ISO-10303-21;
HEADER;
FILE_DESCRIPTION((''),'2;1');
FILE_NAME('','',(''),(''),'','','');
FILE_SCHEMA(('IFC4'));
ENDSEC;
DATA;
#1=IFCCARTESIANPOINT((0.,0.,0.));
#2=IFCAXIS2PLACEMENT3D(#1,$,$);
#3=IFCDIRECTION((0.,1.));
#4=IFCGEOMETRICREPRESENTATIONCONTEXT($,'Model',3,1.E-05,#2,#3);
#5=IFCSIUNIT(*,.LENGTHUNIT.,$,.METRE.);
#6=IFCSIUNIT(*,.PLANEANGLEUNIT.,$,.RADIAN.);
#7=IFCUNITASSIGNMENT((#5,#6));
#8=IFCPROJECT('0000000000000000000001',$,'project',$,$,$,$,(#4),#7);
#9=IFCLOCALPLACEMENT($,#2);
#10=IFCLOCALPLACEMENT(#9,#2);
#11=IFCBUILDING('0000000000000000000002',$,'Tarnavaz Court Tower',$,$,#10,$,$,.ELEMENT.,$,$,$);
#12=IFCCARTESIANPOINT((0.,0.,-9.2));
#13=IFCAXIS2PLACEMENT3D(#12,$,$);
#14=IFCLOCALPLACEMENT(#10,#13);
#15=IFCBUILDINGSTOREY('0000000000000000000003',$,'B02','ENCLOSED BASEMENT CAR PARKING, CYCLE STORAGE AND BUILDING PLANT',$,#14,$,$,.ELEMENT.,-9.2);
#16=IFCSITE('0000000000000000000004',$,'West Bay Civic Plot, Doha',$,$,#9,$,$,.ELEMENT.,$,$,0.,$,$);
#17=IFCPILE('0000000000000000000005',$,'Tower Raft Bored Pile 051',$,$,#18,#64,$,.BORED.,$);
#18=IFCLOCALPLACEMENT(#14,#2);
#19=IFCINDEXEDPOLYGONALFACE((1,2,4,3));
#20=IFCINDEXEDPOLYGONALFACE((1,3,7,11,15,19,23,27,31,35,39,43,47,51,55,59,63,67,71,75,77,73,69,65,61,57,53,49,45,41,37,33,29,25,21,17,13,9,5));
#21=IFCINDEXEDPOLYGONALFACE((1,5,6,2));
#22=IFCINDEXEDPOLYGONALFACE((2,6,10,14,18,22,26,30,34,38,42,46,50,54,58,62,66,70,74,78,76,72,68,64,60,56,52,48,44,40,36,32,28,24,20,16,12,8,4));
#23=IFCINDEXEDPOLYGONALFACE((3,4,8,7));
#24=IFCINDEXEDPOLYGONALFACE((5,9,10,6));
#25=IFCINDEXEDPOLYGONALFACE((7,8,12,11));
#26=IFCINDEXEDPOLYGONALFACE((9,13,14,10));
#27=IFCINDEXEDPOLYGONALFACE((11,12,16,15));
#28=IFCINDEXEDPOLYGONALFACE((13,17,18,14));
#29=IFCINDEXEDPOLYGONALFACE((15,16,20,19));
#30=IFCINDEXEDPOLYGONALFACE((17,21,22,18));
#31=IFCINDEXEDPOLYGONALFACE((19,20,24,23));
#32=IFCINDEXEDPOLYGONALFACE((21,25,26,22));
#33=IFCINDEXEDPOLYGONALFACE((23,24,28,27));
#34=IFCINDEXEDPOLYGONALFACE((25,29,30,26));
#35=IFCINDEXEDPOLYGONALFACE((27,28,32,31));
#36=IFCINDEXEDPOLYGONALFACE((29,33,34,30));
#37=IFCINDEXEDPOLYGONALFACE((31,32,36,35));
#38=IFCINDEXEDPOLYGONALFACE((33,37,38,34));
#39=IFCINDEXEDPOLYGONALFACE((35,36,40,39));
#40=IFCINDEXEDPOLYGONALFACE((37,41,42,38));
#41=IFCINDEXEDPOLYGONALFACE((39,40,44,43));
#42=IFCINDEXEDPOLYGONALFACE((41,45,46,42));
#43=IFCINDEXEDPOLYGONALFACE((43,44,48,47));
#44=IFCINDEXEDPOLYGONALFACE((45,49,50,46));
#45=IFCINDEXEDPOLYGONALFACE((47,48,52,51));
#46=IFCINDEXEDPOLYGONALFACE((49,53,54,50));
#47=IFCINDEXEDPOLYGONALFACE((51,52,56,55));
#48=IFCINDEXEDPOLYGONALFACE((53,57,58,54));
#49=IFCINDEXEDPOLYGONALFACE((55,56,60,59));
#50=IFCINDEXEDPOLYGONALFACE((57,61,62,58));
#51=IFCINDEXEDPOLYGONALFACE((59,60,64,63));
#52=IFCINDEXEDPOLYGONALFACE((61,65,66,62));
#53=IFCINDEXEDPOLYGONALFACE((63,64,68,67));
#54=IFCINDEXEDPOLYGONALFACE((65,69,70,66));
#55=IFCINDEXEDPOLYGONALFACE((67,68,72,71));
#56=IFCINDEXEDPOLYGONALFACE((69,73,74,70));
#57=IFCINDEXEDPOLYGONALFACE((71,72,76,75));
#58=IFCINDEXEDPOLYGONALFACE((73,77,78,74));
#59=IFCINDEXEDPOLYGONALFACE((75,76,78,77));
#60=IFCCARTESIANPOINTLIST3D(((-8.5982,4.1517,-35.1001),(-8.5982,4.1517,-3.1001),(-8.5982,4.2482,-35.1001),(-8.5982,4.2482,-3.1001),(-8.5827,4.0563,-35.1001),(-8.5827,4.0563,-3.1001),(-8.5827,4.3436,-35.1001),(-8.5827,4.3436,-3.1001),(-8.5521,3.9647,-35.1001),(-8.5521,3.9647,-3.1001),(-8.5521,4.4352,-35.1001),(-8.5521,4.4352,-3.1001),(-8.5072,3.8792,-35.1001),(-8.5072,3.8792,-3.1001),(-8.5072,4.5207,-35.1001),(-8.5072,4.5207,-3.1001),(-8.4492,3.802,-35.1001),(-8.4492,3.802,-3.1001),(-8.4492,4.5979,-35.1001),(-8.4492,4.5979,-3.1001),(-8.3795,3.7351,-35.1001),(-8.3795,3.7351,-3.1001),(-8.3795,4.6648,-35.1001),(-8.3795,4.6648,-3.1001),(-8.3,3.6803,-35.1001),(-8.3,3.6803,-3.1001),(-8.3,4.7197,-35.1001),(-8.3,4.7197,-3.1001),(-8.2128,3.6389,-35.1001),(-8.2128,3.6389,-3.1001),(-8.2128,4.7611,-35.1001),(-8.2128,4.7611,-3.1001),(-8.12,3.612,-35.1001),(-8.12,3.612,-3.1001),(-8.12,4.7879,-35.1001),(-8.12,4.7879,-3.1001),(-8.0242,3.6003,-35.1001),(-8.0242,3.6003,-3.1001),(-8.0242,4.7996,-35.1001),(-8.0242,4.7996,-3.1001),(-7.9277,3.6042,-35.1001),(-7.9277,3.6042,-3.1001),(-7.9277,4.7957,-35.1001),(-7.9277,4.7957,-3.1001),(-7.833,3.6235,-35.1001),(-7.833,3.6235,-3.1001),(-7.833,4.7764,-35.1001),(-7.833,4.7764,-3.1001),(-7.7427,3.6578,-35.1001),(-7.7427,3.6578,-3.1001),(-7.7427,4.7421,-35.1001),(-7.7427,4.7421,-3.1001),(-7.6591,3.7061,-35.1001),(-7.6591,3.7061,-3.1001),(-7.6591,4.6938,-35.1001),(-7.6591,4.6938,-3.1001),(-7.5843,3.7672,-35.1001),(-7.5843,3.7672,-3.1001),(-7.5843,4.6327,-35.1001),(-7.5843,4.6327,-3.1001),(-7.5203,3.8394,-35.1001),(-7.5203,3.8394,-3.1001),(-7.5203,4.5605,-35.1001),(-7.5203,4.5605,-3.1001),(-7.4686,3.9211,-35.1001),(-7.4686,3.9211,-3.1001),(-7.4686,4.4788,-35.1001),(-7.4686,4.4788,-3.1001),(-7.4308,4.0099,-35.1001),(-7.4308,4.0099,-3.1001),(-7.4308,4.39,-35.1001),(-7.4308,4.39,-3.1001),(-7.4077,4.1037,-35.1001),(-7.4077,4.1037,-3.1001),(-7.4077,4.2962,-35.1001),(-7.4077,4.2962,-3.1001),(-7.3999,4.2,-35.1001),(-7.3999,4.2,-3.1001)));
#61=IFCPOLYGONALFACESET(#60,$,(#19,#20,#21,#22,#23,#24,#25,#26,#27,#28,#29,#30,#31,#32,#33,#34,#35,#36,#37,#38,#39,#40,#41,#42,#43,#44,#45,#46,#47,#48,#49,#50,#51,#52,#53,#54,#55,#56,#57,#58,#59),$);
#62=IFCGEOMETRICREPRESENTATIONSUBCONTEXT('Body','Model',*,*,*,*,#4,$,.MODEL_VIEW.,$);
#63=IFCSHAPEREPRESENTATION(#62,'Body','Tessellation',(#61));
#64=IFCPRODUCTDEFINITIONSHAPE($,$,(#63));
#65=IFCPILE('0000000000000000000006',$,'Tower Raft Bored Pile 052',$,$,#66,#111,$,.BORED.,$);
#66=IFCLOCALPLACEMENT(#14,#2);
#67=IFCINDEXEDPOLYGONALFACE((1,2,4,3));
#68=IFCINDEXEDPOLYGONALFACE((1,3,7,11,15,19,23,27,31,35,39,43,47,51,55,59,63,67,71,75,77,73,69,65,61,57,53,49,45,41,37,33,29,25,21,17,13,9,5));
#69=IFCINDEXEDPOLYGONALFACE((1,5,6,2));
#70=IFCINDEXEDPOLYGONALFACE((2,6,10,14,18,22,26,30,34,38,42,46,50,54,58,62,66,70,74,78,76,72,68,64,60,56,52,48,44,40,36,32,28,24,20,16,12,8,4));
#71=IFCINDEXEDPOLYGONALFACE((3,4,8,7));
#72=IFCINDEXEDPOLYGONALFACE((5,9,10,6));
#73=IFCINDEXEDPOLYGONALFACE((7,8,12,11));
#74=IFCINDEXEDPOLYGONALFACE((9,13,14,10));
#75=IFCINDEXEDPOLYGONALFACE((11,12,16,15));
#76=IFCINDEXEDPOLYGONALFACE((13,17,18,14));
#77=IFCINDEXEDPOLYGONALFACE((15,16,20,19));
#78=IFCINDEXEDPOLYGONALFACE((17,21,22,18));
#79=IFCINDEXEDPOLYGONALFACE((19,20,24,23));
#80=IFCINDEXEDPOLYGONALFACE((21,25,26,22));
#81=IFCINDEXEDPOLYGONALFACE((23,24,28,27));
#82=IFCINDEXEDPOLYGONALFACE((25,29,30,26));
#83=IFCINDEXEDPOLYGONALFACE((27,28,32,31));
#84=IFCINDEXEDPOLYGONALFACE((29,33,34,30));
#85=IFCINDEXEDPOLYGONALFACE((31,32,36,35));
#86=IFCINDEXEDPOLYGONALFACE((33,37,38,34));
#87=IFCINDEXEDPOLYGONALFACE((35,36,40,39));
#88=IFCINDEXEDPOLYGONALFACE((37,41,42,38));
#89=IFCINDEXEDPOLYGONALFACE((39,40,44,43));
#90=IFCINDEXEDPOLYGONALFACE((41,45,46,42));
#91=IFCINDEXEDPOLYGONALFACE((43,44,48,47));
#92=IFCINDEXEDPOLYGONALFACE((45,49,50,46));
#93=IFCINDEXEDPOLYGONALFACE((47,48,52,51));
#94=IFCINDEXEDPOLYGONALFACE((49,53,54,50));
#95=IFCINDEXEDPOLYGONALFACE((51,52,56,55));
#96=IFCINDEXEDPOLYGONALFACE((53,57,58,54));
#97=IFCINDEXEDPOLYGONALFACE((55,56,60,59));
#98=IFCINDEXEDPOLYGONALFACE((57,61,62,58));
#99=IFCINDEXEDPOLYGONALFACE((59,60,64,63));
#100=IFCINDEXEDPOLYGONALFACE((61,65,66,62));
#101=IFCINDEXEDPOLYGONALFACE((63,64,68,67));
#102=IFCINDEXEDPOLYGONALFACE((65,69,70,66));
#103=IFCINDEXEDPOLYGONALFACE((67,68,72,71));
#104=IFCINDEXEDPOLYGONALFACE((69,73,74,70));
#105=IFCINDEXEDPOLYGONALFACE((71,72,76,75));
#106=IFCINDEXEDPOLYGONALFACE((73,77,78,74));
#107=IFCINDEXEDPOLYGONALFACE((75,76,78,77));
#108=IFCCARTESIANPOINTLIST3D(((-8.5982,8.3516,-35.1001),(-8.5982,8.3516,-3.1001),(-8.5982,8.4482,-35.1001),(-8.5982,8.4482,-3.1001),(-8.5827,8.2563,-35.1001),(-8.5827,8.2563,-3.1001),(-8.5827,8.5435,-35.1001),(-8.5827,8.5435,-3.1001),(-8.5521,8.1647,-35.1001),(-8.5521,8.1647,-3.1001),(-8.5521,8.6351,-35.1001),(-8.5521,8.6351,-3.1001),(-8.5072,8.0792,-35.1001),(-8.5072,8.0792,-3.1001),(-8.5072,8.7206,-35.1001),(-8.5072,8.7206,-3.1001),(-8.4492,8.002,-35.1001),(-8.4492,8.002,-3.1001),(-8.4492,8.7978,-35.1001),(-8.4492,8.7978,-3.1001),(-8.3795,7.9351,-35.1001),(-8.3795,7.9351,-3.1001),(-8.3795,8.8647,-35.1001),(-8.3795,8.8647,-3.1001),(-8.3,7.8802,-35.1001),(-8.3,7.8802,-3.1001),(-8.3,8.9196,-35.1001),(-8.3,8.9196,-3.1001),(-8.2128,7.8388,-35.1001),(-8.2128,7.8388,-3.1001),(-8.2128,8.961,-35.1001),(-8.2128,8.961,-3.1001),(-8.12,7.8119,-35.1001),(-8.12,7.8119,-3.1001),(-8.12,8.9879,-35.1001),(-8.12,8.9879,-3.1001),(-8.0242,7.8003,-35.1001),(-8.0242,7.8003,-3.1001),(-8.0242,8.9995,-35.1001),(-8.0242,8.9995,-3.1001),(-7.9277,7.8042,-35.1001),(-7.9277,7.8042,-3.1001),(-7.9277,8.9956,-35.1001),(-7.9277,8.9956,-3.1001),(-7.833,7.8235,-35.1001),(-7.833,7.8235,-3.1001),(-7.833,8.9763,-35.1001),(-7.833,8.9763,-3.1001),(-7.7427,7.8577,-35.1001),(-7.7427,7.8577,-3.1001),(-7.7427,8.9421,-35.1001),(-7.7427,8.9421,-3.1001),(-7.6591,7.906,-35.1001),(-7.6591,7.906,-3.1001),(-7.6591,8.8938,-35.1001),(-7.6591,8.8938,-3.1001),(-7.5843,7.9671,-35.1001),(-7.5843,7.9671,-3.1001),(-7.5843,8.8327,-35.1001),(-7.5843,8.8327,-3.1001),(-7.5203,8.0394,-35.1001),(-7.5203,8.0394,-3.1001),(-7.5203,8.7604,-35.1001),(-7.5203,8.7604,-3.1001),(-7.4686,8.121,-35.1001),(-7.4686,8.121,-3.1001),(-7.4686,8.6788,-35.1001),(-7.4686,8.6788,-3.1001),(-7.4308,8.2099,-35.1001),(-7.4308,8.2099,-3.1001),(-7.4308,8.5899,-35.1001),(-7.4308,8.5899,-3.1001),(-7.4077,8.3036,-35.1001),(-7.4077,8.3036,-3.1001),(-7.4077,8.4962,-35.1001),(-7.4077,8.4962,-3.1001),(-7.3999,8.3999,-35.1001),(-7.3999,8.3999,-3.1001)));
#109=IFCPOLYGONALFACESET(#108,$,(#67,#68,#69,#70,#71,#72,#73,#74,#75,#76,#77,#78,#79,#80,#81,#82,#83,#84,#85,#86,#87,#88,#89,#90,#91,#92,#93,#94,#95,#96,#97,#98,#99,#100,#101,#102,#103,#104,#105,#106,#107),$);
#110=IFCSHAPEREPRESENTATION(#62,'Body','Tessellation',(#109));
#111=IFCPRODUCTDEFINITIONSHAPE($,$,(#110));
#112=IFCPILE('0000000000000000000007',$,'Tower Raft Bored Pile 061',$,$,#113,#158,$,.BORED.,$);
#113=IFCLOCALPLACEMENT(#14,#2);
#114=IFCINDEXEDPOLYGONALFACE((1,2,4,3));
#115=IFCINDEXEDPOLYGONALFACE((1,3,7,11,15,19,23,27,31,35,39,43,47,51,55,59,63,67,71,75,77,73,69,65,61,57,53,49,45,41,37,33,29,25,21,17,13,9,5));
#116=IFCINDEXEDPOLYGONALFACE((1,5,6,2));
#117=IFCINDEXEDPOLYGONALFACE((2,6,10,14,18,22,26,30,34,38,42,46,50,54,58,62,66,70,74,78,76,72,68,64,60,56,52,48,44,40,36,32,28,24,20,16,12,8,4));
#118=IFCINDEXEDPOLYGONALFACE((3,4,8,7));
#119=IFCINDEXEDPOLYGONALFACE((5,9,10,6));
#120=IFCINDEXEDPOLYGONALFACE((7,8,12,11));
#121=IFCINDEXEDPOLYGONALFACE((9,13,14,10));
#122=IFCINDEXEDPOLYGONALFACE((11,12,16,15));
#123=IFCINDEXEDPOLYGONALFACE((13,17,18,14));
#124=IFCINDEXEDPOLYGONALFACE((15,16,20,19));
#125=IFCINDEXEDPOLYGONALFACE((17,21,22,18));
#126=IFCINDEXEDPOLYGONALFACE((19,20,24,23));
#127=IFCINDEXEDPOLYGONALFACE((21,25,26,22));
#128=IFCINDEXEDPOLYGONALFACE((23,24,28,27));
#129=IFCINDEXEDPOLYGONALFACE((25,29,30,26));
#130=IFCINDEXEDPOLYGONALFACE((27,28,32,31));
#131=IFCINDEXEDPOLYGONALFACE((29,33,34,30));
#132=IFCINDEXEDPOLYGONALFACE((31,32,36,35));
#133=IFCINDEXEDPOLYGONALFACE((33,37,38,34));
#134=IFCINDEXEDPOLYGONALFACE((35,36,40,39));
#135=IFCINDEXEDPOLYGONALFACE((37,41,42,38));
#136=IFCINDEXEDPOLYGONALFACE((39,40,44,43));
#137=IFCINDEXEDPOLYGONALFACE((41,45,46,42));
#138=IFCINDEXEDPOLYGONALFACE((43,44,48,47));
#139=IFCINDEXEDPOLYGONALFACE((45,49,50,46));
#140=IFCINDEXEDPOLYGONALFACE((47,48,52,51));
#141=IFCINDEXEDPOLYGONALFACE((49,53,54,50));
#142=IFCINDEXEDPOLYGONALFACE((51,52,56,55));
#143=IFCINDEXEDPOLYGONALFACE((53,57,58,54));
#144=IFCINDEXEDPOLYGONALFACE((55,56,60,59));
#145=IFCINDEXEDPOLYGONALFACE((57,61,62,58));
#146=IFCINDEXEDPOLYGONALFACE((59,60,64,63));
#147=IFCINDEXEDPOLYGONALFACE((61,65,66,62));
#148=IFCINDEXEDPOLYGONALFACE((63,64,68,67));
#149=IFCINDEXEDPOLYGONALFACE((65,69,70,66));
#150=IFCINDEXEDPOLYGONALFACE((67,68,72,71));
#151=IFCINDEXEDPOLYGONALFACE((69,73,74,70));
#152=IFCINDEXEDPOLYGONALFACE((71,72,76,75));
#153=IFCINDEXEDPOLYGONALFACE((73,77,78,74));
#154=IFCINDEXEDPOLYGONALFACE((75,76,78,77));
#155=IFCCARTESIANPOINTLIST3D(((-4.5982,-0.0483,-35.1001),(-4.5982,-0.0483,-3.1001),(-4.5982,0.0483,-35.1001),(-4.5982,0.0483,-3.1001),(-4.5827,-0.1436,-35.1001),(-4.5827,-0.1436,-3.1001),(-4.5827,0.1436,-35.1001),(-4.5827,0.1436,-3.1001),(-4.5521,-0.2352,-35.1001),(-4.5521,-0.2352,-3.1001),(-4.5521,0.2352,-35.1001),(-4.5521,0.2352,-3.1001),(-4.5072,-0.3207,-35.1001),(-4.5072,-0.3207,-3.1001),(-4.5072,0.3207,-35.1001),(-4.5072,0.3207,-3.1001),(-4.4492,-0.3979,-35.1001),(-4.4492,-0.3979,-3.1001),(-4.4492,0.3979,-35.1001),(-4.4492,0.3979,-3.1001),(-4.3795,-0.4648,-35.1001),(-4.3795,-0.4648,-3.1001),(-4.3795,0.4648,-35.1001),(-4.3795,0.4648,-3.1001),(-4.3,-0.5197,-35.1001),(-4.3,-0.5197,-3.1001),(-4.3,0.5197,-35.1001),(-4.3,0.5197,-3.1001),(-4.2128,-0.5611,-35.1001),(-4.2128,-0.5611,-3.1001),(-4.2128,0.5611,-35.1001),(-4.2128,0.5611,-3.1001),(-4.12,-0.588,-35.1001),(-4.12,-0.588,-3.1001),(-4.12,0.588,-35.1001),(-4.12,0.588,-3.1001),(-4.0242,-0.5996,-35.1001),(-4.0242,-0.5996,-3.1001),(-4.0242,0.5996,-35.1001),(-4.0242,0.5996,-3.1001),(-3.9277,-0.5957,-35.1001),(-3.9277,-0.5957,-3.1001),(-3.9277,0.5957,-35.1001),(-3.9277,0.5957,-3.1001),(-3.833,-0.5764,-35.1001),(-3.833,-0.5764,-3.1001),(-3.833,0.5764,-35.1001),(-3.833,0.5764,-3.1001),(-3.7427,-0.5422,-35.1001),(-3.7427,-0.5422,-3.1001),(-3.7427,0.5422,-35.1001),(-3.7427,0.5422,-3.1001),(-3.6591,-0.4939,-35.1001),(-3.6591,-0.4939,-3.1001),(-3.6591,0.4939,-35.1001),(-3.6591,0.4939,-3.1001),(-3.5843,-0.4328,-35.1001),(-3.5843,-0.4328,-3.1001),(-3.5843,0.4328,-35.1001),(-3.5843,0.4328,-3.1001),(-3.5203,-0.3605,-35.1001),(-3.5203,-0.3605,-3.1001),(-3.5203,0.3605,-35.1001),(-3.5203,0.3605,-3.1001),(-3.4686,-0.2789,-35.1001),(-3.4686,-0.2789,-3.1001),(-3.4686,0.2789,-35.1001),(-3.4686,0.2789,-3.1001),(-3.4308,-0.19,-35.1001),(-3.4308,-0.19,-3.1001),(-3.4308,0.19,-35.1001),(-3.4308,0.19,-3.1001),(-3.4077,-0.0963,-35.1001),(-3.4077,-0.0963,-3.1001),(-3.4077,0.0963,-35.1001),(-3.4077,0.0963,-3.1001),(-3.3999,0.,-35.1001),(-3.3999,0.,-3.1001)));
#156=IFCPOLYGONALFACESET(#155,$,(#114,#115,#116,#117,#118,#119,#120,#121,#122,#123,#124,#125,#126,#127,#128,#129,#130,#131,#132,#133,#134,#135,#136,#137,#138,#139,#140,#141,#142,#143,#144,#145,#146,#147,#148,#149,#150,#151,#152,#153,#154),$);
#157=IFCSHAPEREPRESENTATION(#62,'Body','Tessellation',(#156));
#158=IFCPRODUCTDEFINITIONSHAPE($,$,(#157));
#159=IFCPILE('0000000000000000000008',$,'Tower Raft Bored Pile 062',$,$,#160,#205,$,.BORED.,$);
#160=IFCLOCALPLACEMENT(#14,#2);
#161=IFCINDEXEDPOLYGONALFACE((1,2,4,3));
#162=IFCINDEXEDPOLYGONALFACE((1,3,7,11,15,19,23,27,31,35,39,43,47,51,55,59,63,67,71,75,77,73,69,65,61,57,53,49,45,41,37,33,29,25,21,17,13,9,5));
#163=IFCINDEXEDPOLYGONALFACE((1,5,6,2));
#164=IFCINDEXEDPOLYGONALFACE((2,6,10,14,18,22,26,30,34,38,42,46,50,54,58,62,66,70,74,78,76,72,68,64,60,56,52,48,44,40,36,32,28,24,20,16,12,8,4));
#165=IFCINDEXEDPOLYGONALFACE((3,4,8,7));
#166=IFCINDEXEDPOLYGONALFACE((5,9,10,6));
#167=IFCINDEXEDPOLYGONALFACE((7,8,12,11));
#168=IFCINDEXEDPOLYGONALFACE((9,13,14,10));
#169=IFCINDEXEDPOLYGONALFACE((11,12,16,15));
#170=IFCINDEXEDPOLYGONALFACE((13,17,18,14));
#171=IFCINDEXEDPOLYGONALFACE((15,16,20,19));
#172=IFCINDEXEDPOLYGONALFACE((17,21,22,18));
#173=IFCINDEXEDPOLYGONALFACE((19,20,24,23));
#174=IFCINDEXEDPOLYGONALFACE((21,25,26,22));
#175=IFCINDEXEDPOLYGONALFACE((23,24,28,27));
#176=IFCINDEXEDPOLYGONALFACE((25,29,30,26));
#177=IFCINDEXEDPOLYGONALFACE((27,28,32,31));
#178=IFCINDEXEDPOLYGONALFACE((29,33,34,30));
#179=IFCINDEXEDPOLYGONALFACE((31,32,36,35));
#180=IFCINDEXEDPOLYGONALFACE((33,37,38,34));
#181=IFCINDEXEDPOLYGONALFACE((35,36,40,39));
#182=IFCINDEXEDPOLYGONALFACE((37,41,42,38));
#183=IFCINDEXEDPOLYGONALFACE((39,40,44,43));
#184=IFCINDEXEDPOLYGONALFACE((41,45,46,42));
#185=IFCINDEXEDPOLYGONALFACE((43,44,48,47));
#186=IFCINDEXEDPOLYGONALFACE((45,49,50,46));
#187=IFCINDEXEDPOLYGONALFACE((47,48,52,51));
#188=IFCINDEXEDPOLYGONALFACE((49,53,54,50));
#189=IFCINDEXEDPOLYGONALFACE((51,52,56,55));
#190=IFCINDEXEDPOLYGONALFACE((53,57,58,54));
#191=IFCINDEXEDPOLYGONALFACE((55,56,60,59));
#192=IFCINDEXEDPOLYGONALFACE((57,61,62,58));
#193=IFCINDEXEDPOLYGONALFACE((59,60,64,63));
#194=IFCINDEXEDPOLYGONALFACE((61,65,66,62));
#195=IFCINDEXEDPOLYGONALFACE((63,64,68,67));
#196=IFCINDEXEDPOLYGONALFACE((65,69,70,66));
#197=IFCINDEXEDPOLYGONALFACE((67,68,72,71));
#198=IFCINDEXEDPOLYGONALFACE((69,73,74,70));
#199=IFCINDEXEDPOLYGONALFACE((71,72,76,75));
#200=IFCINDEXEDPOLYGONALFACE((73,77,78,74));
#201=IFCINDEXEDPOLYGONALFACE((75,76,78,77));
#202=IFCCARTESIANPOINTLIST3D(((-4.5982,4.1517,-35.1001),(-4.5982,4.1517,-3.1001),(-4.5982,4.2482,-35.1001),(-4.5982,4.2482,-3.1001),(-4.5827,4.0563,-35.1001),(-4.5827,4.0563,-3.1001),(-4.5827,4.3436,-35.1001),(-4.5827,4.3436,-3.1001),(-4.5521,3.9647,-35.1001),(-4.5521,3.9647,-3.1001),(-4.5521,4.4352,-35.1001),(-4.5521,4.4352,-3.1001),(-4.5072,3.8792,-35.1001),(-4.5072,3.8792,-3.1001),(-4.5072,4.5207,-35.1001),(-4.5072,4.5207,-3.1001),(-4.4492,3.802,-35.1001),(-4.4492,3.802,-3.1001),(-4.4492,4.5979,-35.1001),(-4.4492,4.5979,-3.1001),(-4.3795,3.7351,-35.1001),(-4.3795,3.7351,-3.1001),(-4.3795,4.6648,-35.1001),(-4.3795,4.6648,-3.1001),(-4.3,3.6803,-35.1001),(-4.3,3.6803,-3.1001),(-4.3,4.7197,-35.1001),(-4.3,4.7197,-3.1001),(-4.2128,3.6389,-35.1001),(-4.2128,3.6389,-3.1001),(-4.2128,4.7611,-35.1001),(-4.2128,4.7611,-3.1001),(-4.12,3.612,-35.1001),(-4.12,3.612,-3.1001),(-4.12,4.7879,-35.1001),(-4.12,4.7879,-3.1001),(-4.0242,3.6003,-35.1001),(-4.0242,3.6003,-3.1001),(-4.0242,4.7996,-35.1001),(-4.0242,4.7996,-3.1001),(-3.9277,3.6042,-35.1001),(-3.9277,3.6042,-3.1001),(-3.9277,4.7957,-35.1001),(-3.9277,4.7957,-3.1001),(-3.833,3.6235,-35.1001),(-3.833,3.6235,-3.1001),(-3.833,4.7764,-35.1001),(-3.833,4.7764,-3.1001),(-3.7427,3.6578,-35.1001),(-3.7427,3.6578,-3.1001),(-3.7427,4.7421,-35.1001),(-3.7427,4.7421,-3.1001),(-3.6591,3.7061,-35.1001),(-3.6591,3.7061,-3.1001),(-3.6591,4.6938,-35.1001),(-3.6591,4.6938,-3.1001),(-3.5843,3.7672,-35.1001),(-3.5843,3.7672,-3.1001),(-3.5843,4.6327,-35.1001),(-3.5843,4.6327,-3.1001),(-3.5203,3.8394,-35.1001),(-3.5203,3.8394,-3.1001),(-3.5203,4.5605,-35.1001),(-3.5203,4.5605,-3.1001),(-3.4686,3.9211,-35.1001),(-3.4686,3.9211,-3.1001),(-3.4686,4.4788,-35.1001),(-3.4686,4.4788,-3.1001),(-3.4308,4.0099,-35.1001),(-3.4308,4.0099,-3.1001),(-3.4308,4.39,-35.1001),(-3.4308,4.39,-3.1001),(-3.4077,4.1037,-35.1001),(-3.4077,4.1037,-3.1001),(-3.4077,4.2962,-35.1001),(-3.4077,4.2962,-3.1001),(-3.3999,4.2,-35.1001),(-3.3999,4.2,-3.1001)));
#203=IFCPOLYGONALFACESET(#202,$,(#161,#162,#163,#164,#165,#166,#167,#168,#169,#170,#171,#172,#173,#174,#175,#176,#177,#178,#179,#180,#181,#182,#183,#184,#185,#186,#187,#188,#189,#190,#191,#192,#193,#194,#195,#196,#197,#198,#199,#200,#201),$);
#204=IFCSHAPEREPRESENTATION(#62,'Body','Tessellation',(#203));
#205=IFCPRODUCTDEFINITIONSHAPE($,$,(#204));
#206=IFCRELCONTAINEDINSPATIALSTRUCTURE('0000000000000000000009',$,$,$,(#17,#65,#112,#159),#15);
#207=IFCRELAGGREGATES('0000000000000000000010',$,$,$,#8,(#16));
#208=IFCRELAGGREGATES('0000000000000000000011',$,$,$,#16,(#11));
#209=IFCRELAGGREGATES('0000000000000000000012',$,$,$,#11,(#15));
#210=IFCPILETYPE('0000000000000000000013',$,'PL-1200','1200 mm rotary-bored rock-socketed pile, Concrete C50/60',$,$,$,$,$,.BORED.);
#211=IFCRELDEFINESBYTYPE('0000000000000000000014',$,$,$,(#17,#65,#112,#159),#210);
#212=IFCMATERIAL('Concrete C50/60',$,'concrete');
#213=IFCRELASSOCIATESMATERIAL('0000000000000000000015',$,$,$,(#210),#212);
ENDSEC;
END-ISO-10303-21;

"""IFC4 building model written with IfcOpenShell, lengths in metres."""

from ifc_helpers import new_model, si_unit, direction, frame, origin, origin_2d, place, context, subcontext, project, spatial, circle, extrude, material, material_profile, profile_set, type_object, element, save


model = new_model("IFC4")

# Units and contexts
model_context = context("Model", 3, precision=1e-05, world=origin(), true_north=direction((0.0, 1.0)))
body_context = subcontext(model_context, "Body", "Model", "MODEL_VIEW")
ifc_project = project(units=[si_unit("LENGTHUNIT", "METRE"), si_unit("PLANEANGLEUNIT", "RADIAN")], contexts=[model_context])

# Site, building, storey
site_placement = place(None, origin())
site = spatial("IfcSite", under=ifc_project, at=site_placement, Name="West Bay Civic Plot, Doha", CompositionType="ELEMENT", RefElevation=0.0)
building_placement = place(site_placement, origin())
building = spatial("IfcBuilding", under=site, at=building_placement, Name="Tarnavaz Court Tower", CompositionType="ELEMENT")
storey_placement = place(building_placement, frame((0.0, 0.0, -9.2)))
storey = spatial("IfcBuildingStorey", under=building, at=storey_placement, Name="B02", Description="ENCLOSED BASEMENT CAR PARKING, CYCLE STORAGE AND BUILDING PLANT", CompositionType="ELEMENT", Elevation=-9.2)

# Shared definitions
ifc_material_1 = material(Name="Concrete C50/60", Category="concrete")

# Piles
ifc_material_profile_1 = material_profile(ifc_material_1, circle(Radius=0.6001, at=origin_2d()), Name="PILE D1200")
ifc_profile_set_1 = profile_set([ifc_material_profile_1], Name="Concrete C50/60")
pile_type = type_object("IfcPileType", Name="PL-1200", Description="1200 mm rotary-bored rock-socketed pile, Concrete C50/60", PredefinedType="BORED", material=ifc_profile_set_1)
for number, where, z_axis, x_axis, name in (
    (1, (-8.0, 4.2, -3.1001), (0.0, 0.0, -1.0), (1.0, 0.0, 0.0), "Tower Raft Bored Pile 051"),
    (2, (-8.0, 8.3999, -3.1001), (0.0, 0.0, -1.0), (1.0, 0.0, 0.0), "Tower Raft Bored Pile 052"),
    (3, (-4.0, 0.0, -3.1001), (0.0, 0.0, -1.0), (1.0, 0.0, 0.0), "Tower Raft Bored Pile 061"),
    (4, (-4.0, 4.2, -3.1001), (0.0, 0.0, -1.0), (1.0, 0.0, 0.0), "Tower Raft Bored Pile 062"),
):
    element("IfcPile", number, at=place(storey_placement, frame(where, z_axis=z_axis, x_axis=x_axis)), inside=storey, type_object=pile_type, Name=name, PredefinedType="BORED", context=body_context, shape_type="SweptSolid", body=[
        extrude(circle(Radius=0.6001, at=origin_2d()), origin(), (0.0, 0.0, 1.0), 32.0),
    ])

save(model, "model.ifc")
